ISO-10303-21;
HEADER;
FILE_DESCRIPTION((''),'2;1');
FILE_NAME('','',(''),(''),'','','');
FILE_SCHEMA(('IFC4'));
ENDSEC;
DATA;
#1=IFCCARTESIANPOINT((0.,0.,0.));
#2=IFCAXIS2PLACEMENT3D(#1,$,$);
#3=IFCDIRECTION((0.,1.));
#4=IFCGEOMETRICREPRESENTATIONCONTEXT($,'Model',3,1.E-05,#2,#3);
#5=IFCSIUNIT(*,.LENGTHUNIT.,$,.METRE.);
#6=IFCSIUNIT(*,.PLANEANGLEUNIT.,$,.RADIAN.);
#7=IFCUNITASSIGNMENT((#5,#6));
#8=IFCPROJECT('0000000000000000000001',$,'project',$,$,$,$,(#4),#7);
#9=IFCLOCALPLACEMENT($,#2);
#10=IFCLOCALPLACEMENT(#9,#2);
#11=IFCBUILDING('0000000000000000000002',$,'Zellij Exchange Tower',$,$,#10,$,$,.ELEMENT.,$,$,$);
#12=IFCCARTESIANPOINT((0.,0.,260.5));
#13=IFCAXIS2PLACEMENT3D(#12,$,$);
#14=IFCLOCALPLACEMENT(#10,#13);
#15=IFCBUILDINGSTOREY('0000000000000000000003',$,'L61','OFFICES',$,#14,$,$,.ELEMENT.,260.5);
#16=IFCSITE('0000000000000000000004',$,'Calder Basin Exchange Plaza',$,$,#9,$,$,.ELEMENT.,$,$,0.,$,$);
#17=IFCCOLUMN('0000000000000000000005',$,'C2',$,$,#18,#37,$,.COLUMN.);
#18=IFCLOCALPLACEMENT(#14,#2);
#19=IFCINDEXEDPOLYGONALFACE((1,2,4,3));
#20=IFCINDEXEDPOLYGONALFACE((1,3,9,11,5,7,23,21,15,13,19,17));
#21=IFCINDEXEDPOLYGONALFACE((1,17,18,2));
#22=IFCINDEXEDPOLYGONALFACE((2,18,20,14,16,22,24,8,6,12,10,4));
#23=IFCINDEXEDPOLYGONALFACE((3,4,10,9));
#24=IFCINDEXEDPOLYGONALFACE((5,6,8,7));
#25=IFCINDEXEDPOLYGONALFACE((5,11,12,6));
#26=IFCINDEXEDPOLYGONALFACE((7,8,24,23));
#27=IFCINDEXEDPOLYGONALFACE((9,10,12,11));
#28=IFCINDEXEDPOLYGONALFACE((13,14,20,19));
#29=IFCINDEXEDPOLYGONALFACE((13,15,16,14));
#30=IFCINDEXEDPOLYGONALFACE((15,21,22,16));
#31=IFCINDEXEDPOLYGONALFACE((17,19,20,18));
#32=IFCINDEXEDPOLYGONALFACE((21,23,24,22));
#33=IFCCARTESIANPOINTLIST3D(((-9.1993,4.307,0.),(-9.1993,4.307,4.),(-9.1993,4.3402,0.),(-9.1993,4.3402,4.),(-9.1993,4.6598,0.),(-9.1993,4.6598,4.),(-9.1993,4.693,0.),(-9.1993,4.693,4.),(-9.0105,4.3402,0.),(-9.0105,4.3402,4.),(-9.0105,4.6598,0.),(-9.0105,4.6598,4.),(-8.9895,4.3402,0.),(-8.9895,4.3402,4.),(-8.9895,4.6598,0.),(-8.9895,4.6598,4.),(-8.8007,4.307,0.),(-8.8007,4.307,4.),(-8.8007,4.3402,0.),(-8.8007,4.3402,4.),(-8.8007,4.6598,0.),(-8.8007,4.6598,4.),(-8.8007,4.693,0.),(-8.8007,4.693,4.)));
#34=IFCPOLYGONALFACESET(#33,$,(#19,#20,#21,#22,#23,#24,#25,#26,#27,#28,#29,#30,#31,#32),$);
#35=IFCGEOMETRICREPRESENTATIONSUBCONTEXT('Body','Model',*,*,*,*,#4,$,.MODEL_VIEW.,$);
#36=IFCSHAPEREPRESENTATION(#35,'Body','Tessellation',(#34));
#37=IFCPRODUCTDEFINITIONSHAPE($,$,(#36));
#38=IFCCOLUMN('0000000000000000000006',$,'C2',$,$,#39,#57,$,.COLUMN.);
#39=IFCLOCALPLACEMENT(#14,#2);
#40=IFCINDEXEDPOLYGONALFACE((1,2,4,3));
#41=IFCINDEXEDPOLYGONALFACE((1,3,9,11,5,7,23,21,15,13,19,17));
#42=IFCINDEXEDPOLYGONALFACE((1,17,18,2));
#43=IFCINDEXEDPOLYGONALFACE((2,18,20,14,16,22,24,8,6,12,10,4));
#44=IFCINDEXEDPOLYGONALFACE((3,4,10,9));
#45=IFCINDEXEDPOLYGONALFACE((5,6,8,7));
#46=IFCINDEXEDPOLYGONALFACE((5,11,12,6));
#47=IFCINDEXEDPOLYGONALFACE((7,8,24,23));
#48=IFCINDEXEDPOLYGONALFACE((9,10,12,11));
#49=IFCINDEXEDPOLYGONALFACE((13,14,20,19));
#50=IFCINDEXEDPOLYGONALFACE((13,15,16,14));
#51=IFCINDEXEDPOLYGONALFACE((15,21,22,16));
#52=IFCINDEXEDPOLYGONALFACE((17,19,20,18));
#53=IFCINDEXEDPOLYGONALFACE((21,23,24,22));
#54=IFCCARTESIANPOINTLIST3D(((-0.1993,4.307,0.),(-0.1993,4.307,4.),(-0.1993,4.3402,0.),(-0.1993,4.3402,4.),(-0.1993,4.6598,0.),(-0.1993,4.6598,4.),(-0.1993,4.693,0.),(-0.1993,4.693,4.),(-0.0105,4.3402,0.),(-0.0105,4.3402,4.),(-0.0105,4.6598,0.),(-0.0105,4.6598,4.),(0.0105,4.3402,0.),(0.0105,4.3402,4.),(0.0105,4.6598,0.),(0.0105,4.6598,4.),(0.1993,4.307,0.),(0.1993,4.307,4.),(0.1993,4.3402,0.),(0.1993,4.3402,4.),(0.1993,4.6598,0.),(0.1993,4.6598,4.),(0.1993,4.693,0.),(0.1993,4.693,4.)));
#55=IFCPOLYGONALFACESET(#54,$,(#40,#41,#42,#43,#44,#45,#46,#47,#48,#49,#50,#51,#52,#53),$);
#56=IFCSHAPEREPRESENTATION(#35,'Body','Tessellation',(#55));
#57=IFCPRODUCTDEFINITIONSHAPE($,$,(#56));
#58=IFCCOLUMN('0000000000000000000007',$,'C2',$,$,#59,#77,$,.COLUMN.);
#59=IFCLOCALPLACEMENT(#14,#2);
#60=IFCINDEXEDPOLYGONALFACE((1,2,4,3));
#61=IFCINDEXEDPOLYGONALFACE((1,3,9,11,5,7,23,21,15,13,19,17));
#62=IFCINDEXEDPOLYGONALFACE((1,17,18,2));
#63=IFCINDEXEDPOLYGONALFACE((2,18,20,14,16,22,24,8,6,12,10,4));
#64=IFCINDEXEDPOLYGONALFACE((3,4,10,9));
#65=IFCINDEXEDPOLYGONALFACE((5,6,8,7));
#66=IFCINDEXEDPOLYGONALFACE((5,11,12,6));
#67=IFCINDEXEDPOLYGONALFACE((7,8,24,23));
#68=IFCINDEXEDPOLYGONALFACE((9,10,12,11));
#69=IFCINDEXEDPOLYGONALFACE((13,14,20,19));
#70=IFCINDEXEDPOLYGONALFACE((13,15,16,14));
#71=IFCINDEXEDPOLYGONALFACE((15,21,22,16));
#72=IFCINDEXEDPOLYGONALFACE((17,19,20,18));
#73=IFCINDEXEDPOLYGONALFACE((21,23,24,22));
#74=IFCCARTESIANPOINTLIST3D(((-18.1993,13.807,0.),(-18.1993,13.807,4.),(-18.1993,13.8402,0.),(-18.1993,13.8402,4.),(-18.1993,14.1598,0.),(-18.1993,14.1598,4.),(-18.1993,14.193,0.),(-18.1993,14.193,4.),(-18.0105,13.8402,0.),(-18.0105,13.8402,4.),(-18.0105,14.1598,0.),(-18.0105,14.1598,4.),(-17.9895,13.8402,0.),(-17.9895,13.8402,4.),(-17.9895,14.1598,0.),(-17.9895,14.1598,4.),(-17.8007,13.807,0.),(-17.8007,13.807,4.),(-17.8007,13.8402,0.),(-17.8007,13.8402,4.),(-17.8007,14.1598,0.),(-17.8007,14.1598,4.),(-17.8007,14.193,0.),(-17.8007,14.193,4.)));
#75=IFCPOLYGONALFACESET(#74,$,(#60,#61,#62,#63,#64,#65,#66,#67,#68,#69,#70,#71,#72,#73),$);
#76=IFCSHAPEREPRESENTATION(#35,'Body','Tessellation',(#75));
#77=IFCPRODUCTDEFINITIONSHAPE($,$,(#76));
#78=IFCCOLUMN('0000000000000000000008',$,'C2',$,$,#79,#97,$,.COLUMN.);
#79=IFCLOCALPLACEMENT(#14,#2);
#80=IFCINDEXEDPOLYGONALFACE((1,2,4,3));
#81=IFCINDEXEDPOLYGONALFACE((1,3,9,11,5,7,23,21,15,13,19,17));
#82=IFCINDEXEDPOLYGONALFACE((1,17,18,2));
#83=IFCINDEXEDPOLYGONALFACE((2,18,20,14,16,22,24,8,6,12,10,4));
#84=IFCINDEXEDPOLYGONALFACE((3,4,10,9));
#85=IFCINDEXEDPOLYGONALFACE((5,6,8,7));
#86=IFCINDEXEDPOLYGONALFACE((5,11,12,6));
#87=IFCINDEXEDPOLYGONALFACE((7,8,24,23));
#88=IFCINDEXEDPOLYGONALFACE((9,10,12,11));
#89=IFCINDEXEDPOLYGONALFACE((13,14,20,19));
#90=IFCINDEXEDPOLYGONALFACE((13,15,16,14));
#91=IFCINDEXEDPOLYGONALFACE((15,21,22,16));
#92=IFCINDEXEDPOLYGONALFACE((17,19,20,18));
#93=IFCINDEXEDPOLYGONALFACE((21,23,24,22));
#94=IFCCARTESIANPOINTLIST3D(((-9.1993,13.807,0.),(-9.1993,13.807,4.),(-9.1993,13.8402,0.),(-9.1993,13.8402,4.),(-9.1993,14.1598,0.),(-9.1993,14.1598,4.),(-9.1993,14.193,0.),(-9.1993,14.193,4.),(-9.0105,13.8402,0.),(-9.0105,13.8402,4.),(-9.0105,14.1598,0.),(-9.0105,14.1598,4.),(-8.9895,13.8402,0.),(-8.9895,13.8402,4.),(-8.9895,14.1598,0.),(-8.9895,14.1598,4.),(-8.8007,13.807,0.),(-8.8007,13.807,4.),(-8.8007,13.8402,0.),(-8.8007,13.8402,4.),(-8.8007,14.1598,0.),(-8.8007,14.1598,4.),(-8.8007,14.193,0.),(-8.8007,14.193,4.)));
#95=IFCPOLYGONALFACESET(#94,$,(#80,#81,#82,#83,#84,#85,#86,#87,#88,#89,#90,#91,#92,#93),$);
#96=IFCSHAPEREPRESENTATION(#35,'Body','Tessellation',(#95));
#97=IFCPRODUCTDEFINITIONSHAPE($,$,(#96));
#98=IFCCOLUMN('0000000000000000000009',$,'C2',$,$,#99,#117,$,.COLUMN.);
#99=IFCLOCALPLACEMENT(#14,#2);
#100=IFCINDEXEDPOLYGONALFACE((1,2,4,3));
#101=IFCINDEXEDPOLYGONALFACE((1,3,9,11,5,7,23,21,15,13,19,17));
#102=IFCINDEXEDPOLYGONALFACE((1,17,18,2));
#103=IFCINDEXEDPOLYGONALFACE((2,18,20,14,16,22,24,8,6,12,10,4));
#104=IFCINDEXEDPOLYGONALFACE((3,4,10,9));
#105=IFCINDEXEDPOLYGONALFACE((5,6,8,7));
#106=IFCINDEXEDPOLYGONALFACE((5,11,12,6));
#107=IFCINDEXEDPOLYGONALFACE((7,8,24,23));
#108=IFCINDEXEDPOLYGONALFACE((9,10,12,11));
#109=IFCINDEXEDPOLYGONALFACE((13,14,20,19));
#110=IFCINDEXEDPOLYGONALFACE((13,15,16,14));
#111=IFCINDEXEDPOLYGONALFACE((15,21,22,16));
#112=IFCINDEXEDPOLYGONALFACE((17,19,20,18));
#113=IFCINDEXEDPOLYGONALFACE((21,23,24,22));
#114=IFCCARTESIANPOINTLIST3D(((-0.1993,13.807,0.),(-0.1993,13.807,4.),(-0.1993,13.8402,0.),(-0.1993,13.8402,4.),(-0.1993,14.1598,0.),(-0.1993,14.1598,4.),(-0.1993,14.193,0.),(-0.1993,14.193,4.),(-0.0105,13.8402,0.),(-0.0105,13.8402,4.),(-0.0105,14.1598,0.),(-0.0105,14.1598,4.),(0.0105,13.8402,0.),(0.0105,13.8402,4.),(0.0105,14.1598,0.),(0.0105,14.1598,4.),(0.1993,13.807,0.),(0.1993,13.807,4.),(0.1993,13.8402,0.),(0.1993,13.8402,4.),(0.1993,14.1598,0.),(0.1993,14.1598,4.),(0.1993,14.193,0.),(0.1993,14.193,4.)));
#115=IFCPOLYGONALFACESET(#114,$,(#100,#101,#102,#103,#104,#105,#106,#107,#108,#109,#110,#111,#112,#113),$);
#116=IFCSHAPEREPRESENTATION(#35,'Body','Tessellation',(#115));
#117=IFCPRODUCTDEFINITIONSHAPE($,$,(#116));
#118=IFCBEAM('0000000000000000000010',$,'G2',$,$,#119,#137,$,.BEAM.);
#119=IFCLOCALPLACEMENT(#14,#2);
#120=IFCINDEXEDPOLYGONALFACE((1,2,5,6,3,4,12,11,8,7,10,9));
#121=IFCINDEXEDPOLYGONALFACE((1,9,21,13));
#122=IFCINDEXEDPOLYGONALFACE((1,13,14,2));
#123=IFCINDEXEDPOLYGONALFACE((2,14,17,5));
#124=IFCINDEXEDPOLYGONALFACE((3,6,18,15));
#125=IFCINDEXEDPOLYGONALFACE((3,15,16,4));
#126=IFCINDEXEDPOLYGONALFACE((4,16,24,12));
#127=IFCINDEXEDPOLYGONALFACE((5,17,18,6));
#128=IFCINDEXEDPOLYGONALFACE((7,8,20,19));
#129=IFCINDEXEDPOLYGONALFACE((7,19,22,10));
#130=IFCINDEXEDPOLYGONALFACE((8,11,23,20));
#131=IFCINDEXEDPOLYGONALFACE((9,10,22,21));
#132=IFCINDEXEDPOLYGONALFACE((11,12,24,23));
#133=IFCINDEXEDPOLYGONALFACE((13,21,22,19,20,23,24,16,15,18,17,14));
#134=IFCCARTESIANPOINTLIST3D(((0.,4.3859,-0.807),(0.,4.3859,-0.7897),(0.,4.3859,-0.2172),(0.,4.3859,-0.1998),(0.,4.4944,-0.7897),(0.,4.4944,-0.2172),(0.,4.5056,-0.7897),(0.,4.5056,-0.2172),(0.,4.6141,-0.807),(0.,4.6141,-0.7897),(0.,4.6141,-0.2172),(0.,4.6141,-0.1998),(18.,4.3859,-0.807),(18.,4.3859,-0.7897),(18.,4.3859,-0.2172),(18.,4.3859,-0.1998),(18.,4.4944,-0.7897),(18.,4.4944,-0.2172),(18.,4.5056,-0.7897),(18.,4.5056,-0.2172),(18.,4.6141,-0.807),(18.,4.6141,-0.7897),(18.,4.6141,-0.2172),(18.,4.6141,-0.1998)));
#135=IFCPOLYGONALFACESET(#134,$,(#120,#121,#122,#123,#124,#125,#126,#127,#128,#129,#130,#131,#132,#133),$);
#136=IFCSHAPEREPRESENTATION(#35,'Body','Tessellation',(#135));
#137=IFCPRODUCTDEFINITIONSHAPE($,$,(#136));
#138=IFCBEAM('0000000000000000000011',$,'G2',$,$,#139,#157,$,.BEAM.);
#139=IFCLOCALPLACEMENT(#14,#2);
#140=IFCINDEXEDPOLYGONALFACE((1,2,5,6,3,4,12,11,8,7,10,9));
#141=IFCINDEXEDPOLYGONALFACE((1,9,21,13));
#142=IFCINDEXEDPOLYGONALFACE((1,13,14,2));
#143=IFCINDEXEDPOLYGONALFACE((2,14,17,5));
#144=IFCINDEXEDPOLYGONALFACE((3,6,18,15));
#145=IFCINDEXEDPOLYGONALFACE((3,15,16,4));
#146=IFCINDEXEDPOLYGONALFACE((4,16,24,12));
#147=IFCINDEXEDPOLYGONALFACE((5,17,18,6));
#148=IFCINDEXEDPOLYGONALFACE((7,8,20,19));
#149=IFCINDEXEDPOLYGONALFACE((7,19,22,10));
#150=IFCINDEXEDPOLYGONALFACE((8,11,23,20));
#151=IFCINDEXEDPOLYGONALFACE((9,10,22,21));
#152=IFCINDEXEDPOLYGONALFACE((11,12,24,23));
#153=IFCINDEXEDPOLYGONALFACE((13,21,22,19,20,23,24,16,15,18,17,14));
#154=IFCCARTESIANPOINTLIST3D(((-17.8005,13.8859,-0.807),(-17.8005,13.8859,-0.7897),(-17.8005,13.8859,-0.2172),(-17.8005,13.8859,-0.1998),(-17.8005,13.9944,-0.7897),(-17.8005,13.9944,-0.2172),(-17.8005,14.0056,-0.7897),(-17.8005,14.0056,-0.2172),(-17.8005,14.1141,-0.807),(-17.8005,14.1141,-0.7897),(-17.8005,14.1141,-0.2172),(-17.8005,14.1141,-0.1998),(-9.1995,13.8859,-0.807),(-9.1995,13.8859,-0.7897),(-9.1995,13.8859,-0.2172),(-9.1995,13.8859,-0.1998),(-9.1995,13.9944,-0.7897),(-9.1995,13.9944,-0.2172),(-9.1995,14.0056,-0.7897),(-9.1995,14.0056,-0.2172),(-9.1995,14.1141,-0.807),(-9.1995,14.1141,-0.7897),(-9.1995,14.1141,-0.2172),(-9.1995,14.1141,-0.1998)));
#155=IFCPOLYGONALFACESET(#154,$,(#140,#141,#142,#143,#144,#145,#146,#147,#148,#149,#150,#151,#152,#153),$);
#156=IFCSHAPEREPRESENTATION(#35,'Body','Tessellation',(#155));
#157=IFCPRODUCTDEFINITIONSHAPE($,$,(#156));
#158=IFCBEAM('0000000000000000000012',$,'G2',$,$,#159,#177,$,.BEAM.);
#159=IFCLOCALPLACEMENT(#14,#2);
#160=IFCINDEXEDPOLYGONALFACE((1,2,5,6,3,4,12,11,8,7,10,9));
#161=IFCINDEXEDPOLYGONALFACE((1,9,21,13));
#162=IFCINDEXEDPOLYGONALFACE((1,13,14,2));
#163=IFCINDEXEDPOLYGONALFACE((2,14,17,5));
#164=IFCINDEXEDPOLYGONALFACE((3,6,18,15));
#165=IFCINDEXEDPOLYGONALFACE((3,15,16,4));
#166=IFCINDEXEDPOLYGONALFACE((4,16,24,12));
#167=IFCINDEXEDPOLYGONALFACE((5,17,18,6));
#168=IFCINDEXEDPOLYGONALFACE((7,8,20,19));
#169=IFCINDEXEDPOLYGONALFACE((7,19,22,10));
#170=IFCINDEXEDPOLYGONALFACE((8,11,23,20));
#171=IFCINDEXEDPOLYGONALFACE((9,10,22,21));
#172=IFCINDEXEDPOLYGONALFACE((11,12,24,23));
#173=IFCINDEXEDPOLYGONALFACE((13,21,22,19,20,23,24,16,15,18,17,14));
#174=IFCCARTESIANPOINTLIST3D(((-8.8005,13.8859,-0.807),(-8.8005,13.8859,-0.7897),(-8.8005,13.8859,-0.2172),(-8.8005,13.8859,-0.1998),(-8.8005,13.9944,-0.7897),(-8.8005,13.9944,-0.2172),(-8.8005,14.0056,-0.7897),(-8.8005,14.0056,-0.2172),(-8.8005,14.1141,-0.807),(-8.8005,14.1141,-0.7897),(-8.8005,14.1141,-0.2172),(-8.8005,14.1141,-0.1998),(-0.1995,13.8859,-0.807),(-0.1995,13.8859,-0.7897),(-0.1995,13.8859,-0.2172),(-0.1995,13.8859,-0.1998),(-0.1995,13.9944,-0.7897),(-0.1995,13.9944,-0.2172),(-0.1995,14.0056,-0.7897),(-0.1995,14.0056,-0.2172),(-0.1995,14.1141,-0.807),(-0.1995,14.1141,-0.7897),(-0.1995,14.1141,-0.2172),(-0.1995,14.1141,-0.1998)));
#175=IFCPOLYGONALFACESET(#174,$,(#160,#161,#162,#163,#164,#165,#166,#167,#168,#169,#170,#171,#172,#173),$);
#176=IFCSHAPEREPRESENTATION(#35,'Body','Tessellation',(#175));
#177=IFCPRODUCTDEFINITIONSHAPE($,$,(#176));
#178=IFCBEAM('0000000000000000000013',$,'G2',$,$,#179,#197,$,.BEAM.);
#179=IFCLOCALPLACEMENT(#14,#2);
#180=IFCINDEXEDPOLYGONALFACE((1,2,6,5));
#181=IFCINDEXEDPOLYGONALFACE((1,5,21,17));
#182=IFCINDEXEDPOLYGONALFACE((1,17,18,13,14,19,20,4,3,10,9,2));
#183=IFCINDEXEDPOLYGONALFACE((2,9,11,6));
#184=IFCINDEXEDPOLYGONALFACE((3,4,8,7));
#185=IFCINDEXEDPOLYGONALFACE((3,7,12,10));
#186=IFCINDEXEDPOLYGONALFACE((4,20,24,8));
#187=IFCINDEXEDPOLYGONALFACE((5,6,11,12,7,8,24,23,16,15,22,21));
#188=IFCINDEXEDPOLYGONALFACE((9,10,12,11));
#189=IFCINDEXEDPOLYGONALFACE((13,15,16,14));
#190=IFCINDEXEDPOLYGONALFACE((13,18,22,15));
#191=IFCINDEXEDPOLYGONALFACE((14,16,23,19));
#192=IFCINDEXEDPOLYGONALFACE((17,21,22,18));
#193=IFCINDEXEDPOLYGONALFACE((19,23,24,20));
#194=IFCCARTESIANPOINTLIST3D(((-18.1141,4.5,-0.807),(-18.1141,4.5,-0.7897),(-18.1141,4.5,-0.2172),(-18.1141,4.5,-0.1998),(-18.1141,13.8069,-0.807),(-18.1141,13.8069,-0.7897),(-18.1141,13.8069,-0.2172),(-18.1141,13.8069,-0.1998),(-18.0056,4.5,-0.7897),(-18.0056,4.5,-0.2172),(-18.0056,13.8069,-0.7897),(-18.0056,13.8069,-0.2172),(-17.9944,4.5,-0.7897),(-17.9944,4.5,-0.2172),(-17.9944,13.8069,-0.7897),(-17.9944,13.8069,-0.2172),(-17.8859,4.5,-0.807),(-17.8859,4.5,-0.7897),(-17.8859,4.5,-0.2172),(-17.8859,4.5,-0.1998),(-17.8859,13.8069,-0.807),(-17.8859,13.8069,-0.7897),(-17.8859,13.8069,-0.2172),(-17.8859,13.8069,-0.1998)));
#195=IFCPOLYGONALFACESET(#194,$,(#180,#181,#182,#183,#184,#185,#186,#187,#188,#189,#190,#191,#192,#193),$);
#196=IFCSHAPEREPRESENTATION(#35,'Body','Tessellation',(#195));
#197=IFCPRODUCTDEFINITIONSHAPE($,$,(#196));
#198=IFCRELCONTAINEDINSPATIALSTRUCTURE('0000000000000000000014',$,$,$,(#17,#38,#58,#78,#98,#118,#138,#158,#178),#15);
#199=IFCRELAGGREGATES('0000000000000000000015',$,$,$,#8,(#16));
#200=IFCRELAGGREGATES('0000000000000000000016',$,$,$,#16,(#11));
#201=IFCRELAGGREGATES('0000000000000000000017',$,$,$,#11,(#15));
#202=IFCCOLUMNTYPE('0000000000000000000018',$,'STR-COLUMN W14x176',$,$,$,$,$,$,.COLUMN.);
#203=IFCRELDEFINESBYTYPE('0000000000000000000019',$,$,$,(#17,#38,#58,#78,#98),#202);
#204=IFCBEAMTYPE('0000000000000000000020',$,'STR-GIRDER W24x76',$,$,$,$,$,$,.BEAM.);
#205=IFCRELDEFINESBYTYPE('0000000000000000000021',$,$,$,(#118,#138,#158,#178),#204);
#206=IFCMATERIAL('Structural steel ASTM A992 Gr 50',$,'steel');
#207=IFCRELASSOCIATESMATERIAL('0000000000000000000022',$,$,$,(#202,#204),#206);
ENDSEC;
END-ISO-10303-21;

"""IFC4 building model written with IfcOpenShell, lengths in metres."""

from ifc_helpers import new_model, si_unit, direction, frame, origin, origin_2d, place, context, subcontext, project, spatial, i_section, extrude, material, material_profile, profile_set, type_object, element, save


model = new_model("IFC4")

# Units and contexts
model_context = context("Model", 3, precision=1e-05, world=origin(), true_north=direction((0.0, 1.0)))
body_context = subcontext(model_context, "Body", "Model", "MODEL_VIEW")
ifc_project = project(units=[si_unit("LENGTHUNIT", "METRE"), si_unit("PLANEANGLEUNIT", "RADIAN")], contexts=[model_context])

# Site, building, storey
site_placement = place(None, origin())
site = spatial("IfcSite", under=ifc_project, at=site_placement, Name="Calder Basin Exchange Plaza", CompositionType="ELEMENT", RefElevation=0.0)
building_placement = place(site_placement, origin())
building = spatial("IfcBuilding", under=site, at=building_placement, Name="Zellij Exchange Tower", CompositionType="ELEMENT")
storey_placement = place(building_placement, frame((0.0, 0.0, 260.5)))
storey = spatial("IfcBuildingStorey", under=building, at=storey_placement, Name="L61", Description="OFFICES", CompositionType="ELEMENT", Elevation=260.5)

# Columns
ifc_material_1 = material(Name="Structural steel ASTM A992 Gr 50", Category="steel")
ifc_material_profile_1 = material_profile(ifc_material_1, i_section(OverallWidth=0.3987, OverallDepth=0.386, WebThickness=0.021, FlangeThickness=0.0332, at=origin_2d()), Name="W14x176")
ifc_profile_set_1 = profile_set([ifc_material_profile_1], Name="Structural steel ASTM A992 Gr 50")
column_type = type_object("IfcColumnType", Name="STR-COLUMN W14x176", PredefinedType="COLUMN", material=ifc_profile_set_1)
for number, where, z_axis, x_axis, name in (
    (1, (-9.0, 4.5, 0.0), (0.0, 0.0, 1.0), (1.0, 0.0, 0.0), "C2"),
    (2, (0.0, 4.5, 0.0), (0.0, 0.0, 1.0), (1.0, 0.0, 0.0), "C2"),
    (3, (-18.0, 14.0, 0.0), (0.0, 0.0, 1.0), (1.0, 0.0, 0.0), "C2"),
    (4, (-9.0, 14.0, 0.0), (0.0, 0.0, 1.0), (1.0, 0.0, 0.0), "C2"),
    (5, (0.0, 14.0, 0.0), (0.0, 0.0, 1.0), (1.0, 0.0, 0.0), "C2"),
):
    element("IfcColumn", number, at=place(storey_placement, frame(where, z_axis=z_axis, x_axis=x_axis)), inside=storey, type_object=column_type, Name=name, PredefinedType="COLUMN", context=body_context, shape_type="SweptSolid", body=[
        extrude(i_section(OverallWidth=0.3987, OverallDepth=0.386, WebThickness=0.021, FlangeThickness=0.0332, at=origin_2d()), origin(), (0.0, 0.0, 1.0), 4.0),
    ])

# Beams
ifc_material_profile_2 = material_profile(ifc_material_1, i_section(OverallWidth=0.2283, OverallDepth=0.6072, WebThickness=0.0112, FlangeThickness=0.0173, at=origin_2d()), Name="W24x76")
ifc_profile_set_2 = profile_set([ifc_material_profile_2], Name="Structural steel ASTM A992 Gr 50")
beam_type = type_object("IfcBeamType", Name="STR-GIRDER W24x76", PredefinedType="BEAM", material=ifc_profile_set_2)
beam_1_placement = place(storey_placement, frame((0.0, 4.5, -0.5034), z_axis=(1.0, 0.0, 0.0), x_axis=(0.0, 1.0, 0.0)))
element("IfcBeam", 6, at=beam_1_placement, inside=storey, type_object=beam_type, Name="G2", PredefinedType="BEAM", context=body_context, shape_type="SweptSolid", body=[
    extrude(i_section(OverallWidth=0.2283, OverallDepth=0.6072, WebThickness=0.0112, FlangeThickness=0.0173, at=origin_2d()), origin(), (0.0, 0.0, 1.0), 18.0),
])
for number, where, z_axis, x_axis, name in (
    (7, (-17.8005, 14.0, -0.5034), (1.0, 0.0, 0.0), (0.0, 1.0, 0.0), "G2"),
    (8, (-8.8005, 14.0, -0.5034), (1.0, 0.0, 0.0), (0.0, 1.0, 0.0), "G2"),
):
    element("IfcBeam", number, at=place(storey_placement, frame(where, z_axis=z_axis, x_axis=x_axis)), inside=storey, type_object=beam_type, Name=name, PredefinedType="BEAM", context=body_context, shape_type="SweptSolid", body=[
        extrude(i_section(OverallWidth=0.2283, OverallDepth=0.6072, WebThickness=0.0112, FlangeThickness=0.0173, at=origin_2d()), origin(), (0.0, 0.0, 1.0), 8.6011),
    ])
beam_2_placement = place(storey_placement, frame((-18.0, 4.5, -0.5034), z_axis=(0.0, 1.0, 0.0), x_axis=(-1.0, 0.0, 0.0)))
element("IfcBeam", 9, at=beam_2_placement, inside=storey, type_object=beam_type, Name="G2", PredefinedType="BEAM", context=body_context, shape_type="SweptSolid", body=[
    extrude(i_section(OverallWidth=0.2283, OverallDepth=0.6072, WebThickness=0.0112, FlangeThickness=0.0173, at=origin_2d()), origin(), (0.0, 0.0, 1.0), 9.3069),
])

save(model, "model.ifc")
